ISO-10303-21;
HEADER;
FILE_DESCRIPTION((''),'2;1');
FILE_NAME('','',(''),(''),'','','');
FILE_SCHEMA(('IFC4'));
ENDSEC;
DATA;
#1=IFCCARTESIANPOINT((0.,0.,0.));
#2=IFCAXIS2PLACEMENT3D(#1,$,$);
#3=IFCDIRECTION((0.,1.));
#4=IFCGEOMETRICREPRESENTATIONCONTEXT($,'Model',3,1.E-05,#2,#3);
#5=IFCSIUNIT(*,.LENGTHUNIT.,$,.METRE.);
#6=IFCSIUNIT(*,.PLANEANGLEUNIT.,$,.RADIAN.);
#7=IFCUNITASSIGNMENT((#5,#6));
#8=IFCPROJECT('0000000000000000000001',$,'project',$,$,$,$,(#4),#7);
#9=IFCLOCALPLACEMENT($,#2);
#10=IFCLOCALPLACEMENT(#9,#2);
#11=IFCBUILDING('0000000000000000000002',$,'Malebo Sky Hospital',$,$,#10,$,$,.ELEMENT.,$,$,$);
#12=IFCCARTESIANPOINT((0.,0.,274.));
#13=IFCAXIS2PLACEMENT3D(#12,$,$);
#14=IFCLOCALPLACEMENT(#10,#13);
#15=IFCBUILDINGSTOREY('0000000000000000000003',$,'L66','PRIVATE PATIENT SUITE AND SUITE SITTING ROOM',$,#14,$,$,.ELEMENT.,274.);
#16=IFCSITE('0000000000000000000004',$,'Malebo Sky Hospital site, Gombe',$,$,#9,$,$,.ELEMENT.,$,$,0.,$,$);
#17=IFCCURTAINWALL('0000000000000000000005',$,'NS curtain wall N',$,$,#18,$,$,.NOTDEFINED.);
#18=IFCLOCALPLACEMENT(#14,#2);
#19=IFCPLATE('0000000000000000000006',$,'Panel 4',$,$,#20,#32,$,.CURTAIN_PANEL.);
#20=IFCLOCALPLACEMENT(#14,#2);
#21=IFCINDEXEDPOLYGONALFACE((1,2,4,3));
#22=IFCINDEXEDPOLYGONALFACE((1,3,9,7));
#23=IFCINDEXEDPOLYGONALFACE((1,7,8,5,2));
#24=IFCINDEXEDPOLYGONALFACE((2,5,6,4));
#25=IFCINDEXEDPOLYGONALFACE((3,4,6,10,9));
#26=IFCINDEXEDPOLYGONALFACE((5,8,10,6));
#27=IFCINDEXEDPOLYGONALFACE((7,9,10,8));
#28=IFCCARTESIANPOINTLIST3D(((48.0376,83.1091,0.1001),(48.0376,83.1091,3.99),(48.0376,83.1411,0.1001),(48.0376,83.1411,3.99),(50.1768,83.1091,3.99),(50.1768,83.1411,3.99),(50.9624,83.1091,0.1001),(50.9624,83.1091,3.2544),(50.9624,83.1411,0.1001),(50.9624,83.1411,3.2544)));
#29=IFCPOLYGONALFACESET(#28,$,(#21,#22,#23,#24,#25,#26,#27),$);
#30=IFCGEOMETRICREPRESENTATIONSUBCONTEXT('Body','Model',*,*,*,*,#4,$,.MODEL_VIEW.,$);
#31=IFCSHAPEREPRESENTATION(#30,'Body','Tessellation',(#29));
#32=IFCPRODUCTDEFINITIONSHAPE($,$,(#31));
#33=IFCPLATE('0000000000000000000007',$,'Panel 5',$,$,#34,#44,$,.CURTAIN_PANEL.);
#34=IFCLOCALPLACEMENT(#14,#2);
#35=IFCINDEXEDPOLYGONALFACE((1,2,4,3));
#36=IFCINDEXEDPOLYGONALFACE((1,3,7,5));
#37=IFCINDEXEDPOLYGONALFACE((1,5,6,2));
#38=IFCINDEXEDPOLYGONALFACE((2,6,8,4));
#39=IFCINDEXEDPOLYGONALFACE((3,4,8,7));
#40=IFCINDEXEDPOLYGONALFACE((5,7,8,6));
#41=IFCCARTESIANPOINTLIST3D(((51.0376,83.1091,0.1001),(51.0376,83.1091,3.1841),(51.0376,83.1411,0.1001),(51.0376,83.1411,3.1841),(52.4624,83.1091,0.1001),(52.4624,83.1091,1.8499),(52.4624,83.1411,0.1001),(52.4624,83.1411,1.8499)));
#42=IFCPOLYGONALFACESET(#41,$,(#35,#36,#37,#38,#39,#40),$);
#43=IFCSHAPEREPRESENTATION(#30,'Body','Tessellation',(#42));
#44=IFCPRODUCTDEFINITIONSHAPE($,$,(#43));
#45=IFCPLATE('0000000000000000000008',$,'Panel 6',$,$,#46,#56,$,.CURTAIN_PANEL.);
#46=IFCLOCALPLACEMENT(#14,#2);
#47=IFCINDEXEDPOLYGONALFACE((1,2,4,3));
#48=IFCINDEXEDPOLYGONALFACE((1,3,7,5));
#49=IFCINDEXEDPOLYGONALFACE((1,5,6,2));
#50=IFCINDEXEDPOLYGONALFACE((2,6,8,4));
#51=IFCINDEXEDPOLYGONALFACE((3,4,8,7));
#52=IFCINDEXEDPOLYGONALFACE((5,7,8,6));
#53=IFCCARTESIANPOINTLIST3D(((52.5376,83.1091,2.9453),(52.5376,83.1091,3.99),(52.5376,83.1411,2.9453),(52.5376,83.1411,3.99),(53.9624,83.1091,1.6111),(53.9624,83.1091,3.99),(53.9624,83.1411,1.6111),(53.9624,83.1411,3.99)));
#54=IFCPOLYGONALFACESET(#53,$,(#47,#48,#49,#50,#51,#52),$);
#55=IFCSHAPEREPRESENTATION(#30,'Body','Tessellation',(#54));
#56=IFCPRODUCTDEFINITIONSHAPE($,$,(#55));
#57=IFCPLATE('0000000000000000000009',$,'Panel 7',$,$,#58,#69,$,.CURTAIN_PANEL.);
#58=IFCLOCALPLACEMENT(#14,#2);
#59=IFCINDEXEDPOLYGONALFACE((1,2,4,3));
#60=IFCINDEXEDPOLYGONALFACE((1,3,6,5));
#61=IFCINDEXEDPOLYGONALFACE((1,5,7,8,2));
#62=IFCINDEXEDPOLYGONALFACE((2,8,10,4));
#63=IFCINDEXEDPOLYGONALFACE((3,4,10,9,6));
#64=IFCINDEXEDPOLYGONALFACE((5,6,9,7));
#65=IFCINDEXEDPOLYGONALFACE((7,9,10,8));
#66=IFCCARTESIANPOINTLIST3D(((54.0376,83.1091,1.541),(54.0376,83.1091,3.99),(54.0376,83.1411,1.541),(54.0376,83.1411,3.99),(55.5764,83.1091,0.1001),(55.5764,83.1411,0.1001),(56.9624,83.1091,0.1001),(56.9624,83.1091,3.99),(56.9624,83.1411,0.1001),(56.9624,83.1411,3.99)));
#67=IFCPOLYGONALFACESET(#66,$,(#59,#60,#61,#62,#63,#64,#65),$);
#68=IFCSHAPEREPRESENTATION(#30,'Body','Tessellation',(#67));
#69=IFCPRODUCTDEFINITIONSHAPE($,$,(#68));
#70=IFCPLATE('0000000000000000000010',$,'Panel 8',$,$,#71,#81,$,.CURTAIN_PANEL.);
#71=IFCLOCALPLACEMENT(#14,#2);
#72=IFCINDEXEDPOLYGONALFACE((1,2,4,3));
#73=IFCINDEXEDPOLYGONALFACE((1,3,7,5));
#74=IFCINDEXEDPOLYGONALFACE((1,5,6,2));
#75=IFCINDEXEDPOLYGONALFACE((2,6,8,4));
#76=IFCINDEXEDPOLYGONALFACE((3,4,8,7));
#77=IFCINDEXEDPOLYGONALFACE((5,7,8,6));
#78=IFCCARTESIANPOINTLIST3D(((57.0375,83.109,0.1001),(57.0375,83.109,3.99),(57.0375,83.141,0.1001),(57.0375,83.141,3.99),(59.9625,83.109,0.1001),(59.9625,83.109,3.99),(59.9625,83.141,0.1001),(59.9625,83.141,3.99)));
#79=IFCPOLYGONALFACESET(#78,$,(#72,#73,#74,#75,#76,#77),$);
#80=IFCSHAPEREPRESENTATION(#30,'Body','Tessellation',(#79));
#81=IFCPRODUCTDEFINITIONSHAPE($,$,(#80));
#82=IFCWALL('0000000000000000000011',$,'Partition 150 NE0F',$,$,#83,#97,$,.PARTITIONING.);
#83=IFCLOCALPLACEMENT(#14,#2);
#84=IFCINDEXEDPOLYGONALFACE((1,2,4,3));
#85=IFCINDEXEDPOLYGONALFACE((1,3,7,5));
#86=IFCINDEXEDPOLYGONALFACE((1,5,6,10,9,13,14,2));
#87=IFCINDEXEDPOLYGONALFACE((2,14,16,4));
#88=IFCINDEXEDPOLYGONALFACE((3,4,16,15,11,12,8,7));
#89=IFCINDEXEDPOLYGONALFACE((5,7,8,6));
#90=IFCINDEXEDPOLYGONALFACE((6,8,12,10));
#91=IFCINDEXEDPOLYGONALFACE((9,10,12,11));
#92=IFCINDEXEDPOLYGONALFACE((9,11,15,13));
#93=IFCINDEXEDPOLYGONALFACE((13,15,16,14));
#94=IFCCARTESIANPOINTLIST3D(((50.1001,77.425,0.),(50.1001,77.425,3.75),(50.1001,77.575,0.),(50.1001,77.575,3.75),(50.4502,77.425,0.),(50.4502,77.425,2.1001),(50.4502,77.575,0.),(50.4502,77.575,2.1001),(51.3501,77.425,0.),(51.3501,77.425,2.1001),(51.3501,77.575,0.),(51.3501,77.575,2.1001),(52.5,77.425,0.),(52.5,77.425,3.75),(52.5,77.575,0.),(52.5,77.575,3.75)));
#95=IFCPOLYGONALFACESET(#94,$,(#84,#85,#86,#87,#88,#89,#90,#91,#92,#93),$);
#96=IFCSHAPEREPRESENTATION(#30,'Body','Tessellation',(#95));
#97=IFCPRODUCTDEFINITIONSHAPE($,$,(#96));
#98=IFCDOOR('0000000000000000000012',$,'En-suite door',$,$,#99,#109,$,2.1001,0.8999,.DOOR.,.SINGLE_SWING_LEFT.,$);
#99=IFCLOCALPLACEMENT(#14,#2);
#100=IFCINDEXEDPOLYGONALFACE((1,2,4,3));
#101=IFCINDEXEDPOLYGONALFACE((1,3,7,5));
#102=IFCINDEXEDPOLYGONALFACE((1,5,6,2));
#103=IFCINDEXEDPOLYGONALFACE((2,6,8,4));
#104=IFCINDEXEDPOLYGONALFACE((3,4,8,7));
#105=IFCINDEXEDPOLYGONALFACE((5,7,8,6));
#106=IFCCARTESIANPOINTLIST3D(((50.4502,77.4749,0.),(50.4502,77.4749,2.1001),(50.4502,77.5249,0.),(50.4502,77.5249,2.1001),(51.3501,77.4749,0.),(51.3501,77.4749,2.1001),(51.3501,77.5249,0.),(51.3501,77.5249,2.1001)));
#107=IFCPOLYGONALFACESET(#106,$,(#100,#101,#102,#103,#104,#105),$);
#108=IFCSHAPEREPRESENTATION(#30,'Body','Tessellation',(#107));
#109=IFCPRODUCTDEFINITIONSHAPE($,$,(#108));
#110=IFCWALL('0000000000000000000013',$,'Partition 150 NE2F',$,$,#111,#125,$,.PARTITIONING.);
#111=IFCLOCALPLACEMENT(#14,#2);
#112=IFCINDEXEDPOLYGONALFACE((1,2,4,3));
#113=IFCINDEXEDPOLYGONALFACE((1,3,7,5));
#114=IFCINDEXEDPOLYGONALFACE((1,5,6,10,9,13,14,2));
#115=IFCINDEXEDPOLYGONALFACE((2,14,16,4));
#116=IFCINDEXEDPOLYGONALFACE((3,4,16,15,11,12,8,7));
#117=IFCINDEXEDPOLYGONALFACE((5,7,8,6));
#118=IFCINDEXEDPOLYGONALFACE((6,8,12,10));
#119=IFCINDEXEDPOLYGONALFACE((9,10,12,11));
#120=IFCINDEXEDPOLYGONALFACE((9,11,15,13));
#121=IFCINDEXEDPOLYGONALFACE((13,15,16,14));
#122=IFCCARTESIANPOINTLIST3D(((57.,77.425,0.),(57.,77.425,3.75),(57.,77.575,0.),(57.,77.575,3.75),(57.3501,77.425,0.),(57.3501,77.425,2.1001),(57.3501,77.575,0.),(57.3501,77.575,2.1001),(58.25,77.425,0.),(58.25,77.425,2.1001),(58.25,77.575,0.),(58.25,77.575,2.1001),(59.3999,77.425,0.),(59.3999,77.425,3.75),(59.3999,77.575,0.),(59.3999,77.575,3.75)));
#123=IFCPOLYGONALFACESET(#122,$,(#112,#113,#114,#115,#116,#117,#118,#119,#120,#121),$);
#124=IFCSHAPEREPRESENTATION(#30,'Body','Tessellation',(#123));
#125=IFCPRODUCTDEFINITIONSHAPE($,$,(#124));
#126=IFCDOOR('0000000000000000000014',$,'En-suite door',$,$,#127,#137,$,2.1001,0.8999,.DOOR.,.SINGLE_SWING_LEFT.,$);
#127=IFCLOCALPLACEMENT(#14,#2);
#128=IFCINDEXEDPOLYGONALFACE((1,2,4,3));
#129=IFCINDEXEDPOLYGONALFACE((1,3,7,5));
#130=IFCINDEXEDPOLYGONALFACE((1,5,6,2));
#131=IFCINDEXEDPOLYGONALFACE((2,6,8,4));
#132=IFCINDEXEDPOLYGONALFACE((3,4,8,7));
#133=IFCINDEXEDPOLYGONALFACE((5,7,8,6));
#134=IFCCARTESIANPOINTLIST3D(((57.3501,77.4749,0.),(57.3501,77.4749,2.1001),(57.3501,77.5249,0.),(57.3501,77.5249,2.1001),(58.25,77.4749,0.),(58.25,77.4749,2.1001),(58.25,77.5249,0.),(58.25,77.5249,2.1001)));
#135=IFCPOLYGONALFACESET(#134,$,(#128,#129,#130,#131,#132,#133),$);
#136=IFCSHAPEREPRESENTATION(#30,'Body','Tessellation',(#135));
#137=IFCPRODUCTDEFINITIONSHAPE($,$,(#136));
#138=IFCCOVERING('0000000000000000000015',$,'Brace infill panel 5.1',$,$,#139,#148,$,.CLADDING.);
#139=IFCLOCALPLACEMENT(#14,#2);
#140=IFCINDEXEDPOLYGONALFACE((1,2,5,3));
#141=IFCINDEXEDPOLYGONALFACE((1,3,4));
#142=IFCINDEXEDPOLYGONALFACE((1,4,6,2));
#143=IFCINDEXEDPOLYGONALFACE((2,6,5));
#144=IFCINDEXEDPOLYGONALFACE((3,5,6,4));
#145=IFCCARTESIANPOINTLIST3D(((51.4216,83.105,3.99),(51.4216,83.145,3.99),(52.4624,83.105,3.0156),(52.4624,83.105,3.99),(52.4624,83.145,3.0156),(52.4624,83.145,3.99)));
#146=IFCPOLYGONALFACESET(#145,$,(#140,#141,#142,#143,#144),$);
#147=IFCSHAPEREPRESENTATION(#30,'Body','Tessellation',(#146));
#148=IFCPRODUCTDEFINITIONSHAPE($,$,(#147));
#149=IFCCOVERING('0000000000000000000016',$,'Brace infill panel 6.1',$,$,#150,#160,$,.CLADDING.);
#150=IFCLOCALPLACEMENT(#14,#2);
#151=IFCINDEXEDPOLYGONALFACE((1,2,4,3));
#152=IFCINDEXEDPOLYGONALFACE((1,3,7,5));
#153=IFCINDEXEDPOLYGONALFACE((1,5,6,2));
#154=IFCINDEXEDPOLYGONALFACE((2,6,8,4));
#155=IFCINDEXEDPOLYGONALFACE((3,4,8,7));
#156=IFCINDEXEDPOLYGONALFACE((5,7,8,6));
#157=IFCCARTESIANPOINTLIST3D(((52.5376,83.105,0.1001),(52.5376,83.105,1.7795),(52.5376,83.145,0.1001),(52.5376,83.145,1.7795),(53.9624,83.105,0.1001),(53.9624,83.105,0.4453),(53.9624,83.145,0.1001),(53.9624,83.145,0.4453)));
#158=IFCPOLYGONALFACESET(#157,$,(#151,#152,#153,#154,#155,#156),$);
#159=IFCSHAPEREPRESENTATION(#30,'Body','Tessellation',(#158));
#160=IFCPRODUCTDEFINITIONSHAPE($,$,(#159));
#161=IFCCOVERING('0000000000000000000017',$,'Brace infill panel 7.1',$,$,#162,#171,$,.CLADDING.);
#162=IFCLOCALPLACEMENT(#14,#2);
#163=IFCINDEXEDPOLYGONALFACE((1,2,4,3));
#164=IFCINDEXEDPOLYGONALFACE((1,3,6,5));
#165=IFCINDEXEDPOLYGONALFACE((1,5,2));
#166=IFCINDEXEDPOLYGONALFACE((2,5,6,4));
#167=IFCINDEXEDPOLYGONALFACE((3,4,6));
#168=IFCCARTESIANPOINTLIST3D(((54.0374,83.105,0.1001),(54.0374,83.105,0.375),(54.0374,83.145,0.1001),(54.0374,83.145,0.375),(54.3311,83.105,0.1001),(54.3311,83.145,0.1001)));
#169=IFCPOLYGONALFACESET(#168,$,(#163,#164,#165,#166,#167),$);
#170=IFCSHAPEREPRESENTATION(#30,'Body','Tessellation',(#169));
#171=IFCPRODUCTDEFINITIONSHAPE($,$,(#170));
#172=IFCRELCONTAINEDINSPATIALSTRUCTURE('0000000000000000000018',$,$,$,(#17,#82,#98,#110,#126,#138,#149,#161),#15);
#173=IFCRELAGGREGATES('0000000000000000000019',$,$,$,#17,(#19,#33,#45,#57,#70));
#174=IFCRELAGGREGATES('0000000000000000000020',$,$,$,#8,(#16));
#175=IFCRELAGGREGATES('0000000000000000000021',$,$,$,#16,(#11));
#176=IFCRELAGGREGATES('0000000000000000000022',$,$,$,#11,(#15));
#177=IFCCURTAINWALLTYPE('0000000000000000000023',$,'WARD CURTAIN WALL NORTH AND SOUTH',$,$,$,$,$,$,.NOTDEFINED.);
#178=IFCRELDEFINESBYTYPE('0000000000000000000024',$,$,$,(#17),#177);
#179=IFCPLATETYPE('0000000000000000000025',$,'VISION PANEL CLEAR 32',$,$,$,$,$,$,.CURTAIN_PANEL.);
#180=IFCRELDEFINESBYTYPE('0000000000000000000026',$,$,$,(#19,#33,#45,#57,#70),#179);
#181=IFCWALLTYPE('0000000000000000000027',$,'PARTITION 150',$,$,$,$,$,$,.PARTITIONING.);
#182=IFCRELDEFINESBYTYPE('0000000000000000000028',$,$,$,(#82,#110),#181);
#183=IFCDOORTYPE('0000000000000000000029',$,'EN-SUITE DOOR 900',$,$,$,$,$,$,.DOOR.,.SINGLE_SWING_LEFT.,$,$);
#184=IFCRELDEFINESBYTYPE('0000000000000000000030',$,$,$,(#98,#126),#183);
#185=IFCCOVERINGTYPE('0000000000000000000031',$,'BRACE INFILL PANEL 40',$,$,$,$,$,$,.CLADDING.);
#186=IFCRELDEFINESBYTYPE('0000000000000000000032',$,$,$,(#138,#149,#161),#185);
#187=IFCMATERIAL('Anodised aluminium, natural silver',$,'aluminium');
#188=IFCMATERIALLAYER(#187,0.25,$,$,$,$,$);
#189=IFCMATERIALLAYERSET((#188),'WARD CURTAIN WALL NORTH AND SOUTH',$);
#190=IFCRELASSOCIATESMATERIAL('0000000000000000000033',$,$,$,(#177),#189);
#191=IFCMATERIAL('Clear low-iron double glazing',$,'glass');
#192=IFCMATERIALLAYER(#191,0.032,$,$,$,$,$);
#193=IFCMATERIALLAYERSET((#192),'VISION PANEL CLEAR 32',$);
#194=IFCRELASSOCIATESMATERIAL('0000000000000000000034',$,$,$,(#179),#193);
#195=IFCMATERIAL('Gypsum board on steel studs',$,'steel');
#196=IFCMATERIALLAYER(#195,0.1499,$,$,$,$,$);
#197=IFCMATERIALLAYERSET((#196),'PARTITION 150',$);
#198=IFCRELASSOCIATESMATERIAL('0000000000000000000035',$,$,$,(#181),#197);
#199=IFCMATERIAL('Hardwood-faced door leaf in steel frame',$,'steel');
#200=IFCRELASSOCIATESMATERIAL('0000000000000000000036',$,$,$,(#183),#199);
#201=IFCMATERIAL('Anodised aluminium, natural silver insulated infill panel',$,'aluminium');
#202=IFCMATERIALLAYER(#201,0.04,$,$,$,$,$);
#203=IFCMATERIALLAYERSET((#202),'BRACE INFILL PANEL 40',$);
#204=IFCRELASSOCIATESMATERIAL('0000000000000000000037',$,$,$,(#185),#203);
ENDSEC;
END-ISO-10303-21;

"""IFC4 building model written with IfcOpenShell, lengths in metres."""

from ifc_helpers import new_model, si_unit, direction, frame, frame_2d, origin, origin_2d, place, context, subcontext, project, spatial, polyline, rectangle, outline, extrude, material, layer, layer_set, type_object, element, fill, aggregate, save


model = new_model("IFC4")

# Units and contexts
model_context = context("Model", 3, precision=1e-05, world=origin(), true_north=direction((0.0, 1.0)))
body_context = subcontext(model_context, "Body", "Model", "MODEL_VIEW")
ifc_project = project(units=[si_unit("LENGTHUNIT", "METRE"), si_unit("PLANEANGLEUNIT", "RADIAN")], contexts=[model_context])

# Site, building, storey
site_placement = place(None, origin())
site = spatial("IfcSite", under=ifc_project, at=site_placement, Name="Malebo Sky Hospital site, Gombe", CompositionType="ELEMENT", RefElevation=0.0)
building_placement = place(site_placement, origin())
building = spatial("IfcBuilding", under=site, at=building_placement, Name="Malebo Sky Hospital", CompositionType="ELEMENT")
storey_placement = place(building_placement, frame((0.0, 0.0, 274.0)))
storey = spatial("IfcBuildingStorey", under=building, at=storey_placement, Name="L66", Description="PRIVATE PATIENT SUITE AND SUITE SITTING ROOM", CompositionType="ELEMENT", Elevation=274.0)

# Curtain wall
ifc_material_1 = material(Name="Anodised aluminium, natural silver", Category="aluminium")
ifc_layer_1 = layer(ifc_material_1, 0.25)
ifc_layer_set_1 = layer_set([ifc_layer_1], Name="WARD CURTAIN WALL NORTH AND SOUTH")
curtain_wall_type = type_object("IfcCurtainWallType", Name="WARD CURTAIN WALL NORTH AND SOUTH", PredefinedType="NOTDEFINED", material=ifc_layer_set_1)
curtain_wall_placement = place(storey_placement, origin())
curtain_wall = element("IfcCurtainWall", 1, at=curtain_wall_placement, inside=storey, type_object=curtain_wall_type, Name="NS curtain wall N", PredefinedType="NOTDEFINED")

# Plates
ifc_material_2 = material(Name="Clear low-iron double glazing", Category="glass")
ifc_layer_2 = layer(ifc_material_2, 0.032)
ifc_layer_set_2 = layer_set([ifc_layer_2], Name="VISION PANEL CLEAR 32")
plate_type = type_object("IfcPlateType", Name="VISION PANEL CLEAR 32", PredefinedType="CURTAIN_PANEL", material=ifc_layer_set_2)
plate_1_placement = place(storey_placement, frame((49.5, 83.125, 0.1001), z_axis=(0.0, 0.0, 1.0), x_axis=(1.0, 0.0, 0.0)))
plate_1 = element("IfcPlate", 2, at=plate_1_placement, type_object=plate_type, Name="Panel 4", PredefinedType="CURTAIN_PANEL", context=body_context, shape_type="SweptSolid", body=[
    extrude(outline(polyline([(-1.4624, 0.0), (1.4624, 0.0), (1.4624, 3.1543), (0.6768, 3.8899), (-1.4624, 3.8899), (-1.4624, 0.0)])), frame((0.0, 0.0161, 0.0), z_axis=(0.0, -1.0, 0.0), x_axis=(1.0, 0.0, 0.0)), (0.0, 0.0, 1.0), 0.032),
])
plate_2_placement = place(storey_placement, frame((51.75, 83.125, 0.1001), z_axis=(0.0, 0.0, 1.0), x_axis=(1.0, 0.0, 0.0)))
plate_2 = element("IfcPlate", 3, at=plate_2_placement, type_object=plate_type, Name="Panel 5", PredefinedType="CURTAIN_PANEL", context=body_context, shape_type="SweptSolid", body=[
    extrude(outline(polyline([(-0.7124, 0.0), (0.7124, 0.0), (0.7124, 1.7498), (-0.7124, 3.084), (-0.7124, 0.0)])), frame((0.0, 0.0161, 0.0), z_axis=(0.0, -1.0, 0.0), x_axis=(1.0, 0.0, 0.0)), (0.0, 0.0, 1.0), 0.032),
])
plate_3_placement = place(storey_placement, frame((53.25, 83.125, 1.6111), z_axis=(0.0, 0.0, 1.0), x_axis=(1.0, 0.0, 0.0)))
plate_3 = element("IfcPlate", 4, at=plate_3_placement, type_object=plate_type, Name="Panel 6", PredefinedType="CURTAIN_PANEL", context=body_context, shape_type="SweptSolid", body=[
    extrude(outline(polyline([(0.7124, 0.0), (0.7124, 2.3789), (-0.7124, 2.3789), (-0.7124, 1.3342), (0.7124, 0.0)])), frame((0.0, 0.0161, 0.0), z_axis=(0.0, -1.0, 0.0), x_axis=(1.0, 0.0, 0.0)), (0.0, 0.0, 1.0), 0.032),
])
plate_4_placement = place(storey_placement, frame((55.5, 83.125, 0.1001), z_axis=(0.0, 0.0, 1.0), x_axis=(1.0, 0.0, 0.0)))
plate_4 = element("IfcPlate", 5, at=plate_4_placement, type_object=plate_type, Name="Panel 7", PredefinedType="CURTAIN_PANEL", context=body_context, shape_type="SweptSolid", body=[
    extrude(outline(polyline([(0.0764, 0.0), (1.4624, 0.0), (1.4624, 3.8899), (-1.4624, 3.8899), (-1.4624, 1.4409), (0.0764, 0.0)])), frame((0.0, 0.0161, 0.0), z_axis=(0.0, -1.0, 0.0), x_axis=(1.0, 0.0, 0.0)), (0.0, 0.0, 1.0), 0.032),
])
plate_5_placement = place(storey_placement, frame((58.5, 83.125, 0.1001), z_axis=(0.0, 0.0, 1.0), x_axis=(1.0, 0.0, 0.0)))
plate_5 = element("IfcPlate", 6, at=plate_5_placement, type_object=plate_type, Name="Panel 8", PredefinedType="CURTAIN_PANEL", context=body_context, shape_type="SweptSolid", body=[
    extrude(rectangle(XDim=2.925, YDim=0.032, at=origin_2d()), origin(), (0.0, 0.0, 1.0), 3.8899),
])
aggregate(curtain_wall, [plate_1, plate_2, plate_3, plate_4, plate_5])

# Walls, openings, doors
ifc_material_3 = material(Name="Gypsum board on steel studs", Category="steel")
ifc_layer_3 = layer(ifc_material_3, 0.1499)
ifc_layer_set_3 = layer_set([ifc_layer_3], Name="PARTITION 150")
wall_type = type_object("IfcWallType", Name="PARTITION 150", PredefinedType="PARTITIONING", material=ifc_layer_set_3)
wall_1_placement = place(storey_placement, frame((50.1001, 77.5, 0.0), z_axis=(0.0, 0.0, 1.0), x_axis=(1.0, 0.0, 0.0)))
wall_1 = element("IfcWall", 7, at=wall_1_placement, inside=storey, type_object=wall_type, Name="Partition 150 NE0F", PredefinedType="PARTITIONING", context=body_context, shape_type="SweptSolid", body=[
    extrude(rectangle(XDim=2.3999, YDim=0.1499, at=frame_2d((1.2, 0.0))), origin(), (0.0, 0.0, 1.0), 3.75),
])
opening_1_placement = place(wall_1_placement, frame((0.3501, 0.0, 0.0)))
opening_1 = element("IfcOpeningElement", 8, at=opening_1_placement, cuts=wall_1, PredefinedType="OPENING", context=body_context, shape_type="SweptSolid", body=[
    extrude(rectangle(XDim=0.8999, YDim=2.1001, at=frame_2d((0.45, 1.05))), frame((0.0, 0.085, 0.0), z_axis=(0.0, -1.0, 0.0), x_axis=(1.0, 0.0, 0.0)), (0.0, 0.0, 1.0), 0.1699),
])
ifc_material_4 = material(Name="Hardwood-faced door leaf in steel frame", Category="steel")
door_type = type_object("IfcDoorType", Name="EN-SUITE DOOR 900", OperationType="SINGLE_SWING_LEFT", PredefinedType="DOOR", material=ifc_material_4)
door_1_placement = place(opening_1_placement, origin())
door_1 = element("IfcDoor", 9, at=door_1_placement, inside=storey, type_object=door_type, Name="En-suite door", OperationType="SINGLE_SWING_LEFT", OverallHeight=2.1001, OverallWidth=0.8999, PredefinedType="DOOR", context=body_context, shape_type="SweptSolid", body=[
    extrude(rectangle(XDim=0.8999, YDim=2.1001, at=frame_2d((0.45, 1.05))), frame((0.0, 0.0249, 0.0), z_axis=(0.0, -1.0, 0.0), x_axis=(1.0, 0.0, 0.0)), (0.0, 0.0, 1.0), 0.05),
])
fill(opening_1, door_1)
wall_2_placement = place(storey_placement, frame((57.0, 77.5, 0.0), z_axis=(0.0, 0.0, 1.0), x_axis=(1.0, 0.0, 0.0)))
wall_2 = element("IfcWall", 10, at=wall_2_placement, inside=storey, type_object=wall_type, Name="Partition 150 NE2F", PredefinedType="PARTITIONING", context=body_context, shape_type="SweptSolid", body=[
    extrude(rectangle(XDim=2.3999, YDim=0.1499, at=frame_2d((1.2, 0.0))), origin(), (0.0, 0.0, 1.0), 3.75),
])
opening_2_placement = place(wall_2_placement, frame((0.3501, 0.0, 0.0)))
opening_2 = element("IfcOpeningElement", 11, at=opening_2_placement, cuts=wall_2, PredefinedType="OPENING", context=body_context, shape_type="SweptSolid", body=[
    extrude(rectangle(XDim=0.8999, YDim=2.1001, at=frame_2d((0.45, 1.05))), frame((0.0, 0.085, 0.0), z_axis=(0.0, -1.0, 0.0), x_axis=(1.0, 0.0, 0.0)), (0.0, 0.0, 1.0), 0.1699),
])
door_2_placement = place(opening_2_placement, origin())
door_2 = element("IfcDoor", 12, at=door_2_placement, inside=storey, type_object=door_type, Name="En-suite door", OperationType="SINGLE_SWING_LEFT", OverallHeight=2.1001, OverallWidth=0.8999, PredefinedType="DOOR", context=body_context, shape_type="SweptSolid", body=[
    extrude(rectangle(XDim=0.8999, YDim=2.1001, at=frame_2d((0.45, 1.05))), frame((0.0, 0.0249, 0.0), z_axis=(0.0, -1.0, 0.0), x_axis=(1.0, 0.0, 0.0)), (0.0, 0.0, 1.0), 0.05),
])
fill(opening_2, door_2)

# Coverings
ifc_material_5 = material(Name="Anodised aluminium, natural silver insulated infill panel", Category="aluminium")
ifc_layer_4 = layer(ifc_material_5, 0.04)
ifc_layer_set_4 = layer_set([ifc_layer_4], Name="BRACE INFILL PANEL 40")
covering_type = type_object("IfcCoveringType", Name="BRACE INFILL PANEL 40", PredefinedType="CLADDING", material=ifc_layer_set_4)
covering_1_placement = place(storey_placement, frame((51.9421, 83.125, 3.0156), z_axis=(0.0, 0.0, 1.0), x_axis=(1.0, 0.0, 0.0)))
element("IfcCovering", 13, at=covering_1_placement, inside=storey, type_object=covering_type, Name="Brace infill panel 5.1", PredefinedType="CLADDING", context=body_context, shape_type="SweptSolid", body=[
    extrude(outline(polyline([(0.5203, 0.0), (0.5203, 0.9744), (-0.5205, 0.9744), (0.5203, 0.0)])), frame((0.0, 0.02, 0.0), z_axis=(0.0, -1.0, 0.0), x_axis=(1.0, 0.0, 0.0)), (0.0, 0.0, 1.0), 0.04),
])
covering_2_placement = place(storey_placement, frame((53.25, 83.125, 0.1001), z_axis=(0.0, 0.0, 1.0), x_axis=(1.0, 0.0, 0.0)))
element("IfcCovering", 14, at=covering_2_placement, inside=storey, type_object=covering_type, Name="Brace infill panel 6.1", PredefinedType="CLADDING", context=body_context, shape_type="SweptSolid", body=[
    extrude(outline(polyline([(-0.7124, 0.0), (0.7124, 0.0), (0.7124, 0.3452), (-0.7124, 1.6794), (-0.7124, 0.0)])), frame((0.0, 0.02, 0.0), z_axis=(0.0, -1.0, 0.0), x_axis=(1.0, 0.0, 0.0)), (0.0, 0.0, 1.0), 0.04),
])
covering_3_placement = place(storey_placement, frame((54.1843, 83.125, 0.1001), z_axis=(0.0, 0.0, 1.0), x_axis=(1.0, 0.0, 0.0)))
element("IfcCovering", 15, at=covering_3_placement, inside=storey, type_object=covering_type, Name="Brace infill panel 7.1", PredefinedType="CLADDING", context=body_context, shape_type="SweptSolid", body=[
    extrude(outline(polyline([(-0.147, 0.0), (0.1467, 0.0), (-0.147, 0.2749), (-0.147, 0.0)])), frame((0.0, 0.02, 0.0), z_axis=(0.0, -1.0, 0.0), x_axis=(1.0, 0.0, 0.0)), (0.0, 0.0, 1.0), 0.04),
])

save(model, "model.ifc")
